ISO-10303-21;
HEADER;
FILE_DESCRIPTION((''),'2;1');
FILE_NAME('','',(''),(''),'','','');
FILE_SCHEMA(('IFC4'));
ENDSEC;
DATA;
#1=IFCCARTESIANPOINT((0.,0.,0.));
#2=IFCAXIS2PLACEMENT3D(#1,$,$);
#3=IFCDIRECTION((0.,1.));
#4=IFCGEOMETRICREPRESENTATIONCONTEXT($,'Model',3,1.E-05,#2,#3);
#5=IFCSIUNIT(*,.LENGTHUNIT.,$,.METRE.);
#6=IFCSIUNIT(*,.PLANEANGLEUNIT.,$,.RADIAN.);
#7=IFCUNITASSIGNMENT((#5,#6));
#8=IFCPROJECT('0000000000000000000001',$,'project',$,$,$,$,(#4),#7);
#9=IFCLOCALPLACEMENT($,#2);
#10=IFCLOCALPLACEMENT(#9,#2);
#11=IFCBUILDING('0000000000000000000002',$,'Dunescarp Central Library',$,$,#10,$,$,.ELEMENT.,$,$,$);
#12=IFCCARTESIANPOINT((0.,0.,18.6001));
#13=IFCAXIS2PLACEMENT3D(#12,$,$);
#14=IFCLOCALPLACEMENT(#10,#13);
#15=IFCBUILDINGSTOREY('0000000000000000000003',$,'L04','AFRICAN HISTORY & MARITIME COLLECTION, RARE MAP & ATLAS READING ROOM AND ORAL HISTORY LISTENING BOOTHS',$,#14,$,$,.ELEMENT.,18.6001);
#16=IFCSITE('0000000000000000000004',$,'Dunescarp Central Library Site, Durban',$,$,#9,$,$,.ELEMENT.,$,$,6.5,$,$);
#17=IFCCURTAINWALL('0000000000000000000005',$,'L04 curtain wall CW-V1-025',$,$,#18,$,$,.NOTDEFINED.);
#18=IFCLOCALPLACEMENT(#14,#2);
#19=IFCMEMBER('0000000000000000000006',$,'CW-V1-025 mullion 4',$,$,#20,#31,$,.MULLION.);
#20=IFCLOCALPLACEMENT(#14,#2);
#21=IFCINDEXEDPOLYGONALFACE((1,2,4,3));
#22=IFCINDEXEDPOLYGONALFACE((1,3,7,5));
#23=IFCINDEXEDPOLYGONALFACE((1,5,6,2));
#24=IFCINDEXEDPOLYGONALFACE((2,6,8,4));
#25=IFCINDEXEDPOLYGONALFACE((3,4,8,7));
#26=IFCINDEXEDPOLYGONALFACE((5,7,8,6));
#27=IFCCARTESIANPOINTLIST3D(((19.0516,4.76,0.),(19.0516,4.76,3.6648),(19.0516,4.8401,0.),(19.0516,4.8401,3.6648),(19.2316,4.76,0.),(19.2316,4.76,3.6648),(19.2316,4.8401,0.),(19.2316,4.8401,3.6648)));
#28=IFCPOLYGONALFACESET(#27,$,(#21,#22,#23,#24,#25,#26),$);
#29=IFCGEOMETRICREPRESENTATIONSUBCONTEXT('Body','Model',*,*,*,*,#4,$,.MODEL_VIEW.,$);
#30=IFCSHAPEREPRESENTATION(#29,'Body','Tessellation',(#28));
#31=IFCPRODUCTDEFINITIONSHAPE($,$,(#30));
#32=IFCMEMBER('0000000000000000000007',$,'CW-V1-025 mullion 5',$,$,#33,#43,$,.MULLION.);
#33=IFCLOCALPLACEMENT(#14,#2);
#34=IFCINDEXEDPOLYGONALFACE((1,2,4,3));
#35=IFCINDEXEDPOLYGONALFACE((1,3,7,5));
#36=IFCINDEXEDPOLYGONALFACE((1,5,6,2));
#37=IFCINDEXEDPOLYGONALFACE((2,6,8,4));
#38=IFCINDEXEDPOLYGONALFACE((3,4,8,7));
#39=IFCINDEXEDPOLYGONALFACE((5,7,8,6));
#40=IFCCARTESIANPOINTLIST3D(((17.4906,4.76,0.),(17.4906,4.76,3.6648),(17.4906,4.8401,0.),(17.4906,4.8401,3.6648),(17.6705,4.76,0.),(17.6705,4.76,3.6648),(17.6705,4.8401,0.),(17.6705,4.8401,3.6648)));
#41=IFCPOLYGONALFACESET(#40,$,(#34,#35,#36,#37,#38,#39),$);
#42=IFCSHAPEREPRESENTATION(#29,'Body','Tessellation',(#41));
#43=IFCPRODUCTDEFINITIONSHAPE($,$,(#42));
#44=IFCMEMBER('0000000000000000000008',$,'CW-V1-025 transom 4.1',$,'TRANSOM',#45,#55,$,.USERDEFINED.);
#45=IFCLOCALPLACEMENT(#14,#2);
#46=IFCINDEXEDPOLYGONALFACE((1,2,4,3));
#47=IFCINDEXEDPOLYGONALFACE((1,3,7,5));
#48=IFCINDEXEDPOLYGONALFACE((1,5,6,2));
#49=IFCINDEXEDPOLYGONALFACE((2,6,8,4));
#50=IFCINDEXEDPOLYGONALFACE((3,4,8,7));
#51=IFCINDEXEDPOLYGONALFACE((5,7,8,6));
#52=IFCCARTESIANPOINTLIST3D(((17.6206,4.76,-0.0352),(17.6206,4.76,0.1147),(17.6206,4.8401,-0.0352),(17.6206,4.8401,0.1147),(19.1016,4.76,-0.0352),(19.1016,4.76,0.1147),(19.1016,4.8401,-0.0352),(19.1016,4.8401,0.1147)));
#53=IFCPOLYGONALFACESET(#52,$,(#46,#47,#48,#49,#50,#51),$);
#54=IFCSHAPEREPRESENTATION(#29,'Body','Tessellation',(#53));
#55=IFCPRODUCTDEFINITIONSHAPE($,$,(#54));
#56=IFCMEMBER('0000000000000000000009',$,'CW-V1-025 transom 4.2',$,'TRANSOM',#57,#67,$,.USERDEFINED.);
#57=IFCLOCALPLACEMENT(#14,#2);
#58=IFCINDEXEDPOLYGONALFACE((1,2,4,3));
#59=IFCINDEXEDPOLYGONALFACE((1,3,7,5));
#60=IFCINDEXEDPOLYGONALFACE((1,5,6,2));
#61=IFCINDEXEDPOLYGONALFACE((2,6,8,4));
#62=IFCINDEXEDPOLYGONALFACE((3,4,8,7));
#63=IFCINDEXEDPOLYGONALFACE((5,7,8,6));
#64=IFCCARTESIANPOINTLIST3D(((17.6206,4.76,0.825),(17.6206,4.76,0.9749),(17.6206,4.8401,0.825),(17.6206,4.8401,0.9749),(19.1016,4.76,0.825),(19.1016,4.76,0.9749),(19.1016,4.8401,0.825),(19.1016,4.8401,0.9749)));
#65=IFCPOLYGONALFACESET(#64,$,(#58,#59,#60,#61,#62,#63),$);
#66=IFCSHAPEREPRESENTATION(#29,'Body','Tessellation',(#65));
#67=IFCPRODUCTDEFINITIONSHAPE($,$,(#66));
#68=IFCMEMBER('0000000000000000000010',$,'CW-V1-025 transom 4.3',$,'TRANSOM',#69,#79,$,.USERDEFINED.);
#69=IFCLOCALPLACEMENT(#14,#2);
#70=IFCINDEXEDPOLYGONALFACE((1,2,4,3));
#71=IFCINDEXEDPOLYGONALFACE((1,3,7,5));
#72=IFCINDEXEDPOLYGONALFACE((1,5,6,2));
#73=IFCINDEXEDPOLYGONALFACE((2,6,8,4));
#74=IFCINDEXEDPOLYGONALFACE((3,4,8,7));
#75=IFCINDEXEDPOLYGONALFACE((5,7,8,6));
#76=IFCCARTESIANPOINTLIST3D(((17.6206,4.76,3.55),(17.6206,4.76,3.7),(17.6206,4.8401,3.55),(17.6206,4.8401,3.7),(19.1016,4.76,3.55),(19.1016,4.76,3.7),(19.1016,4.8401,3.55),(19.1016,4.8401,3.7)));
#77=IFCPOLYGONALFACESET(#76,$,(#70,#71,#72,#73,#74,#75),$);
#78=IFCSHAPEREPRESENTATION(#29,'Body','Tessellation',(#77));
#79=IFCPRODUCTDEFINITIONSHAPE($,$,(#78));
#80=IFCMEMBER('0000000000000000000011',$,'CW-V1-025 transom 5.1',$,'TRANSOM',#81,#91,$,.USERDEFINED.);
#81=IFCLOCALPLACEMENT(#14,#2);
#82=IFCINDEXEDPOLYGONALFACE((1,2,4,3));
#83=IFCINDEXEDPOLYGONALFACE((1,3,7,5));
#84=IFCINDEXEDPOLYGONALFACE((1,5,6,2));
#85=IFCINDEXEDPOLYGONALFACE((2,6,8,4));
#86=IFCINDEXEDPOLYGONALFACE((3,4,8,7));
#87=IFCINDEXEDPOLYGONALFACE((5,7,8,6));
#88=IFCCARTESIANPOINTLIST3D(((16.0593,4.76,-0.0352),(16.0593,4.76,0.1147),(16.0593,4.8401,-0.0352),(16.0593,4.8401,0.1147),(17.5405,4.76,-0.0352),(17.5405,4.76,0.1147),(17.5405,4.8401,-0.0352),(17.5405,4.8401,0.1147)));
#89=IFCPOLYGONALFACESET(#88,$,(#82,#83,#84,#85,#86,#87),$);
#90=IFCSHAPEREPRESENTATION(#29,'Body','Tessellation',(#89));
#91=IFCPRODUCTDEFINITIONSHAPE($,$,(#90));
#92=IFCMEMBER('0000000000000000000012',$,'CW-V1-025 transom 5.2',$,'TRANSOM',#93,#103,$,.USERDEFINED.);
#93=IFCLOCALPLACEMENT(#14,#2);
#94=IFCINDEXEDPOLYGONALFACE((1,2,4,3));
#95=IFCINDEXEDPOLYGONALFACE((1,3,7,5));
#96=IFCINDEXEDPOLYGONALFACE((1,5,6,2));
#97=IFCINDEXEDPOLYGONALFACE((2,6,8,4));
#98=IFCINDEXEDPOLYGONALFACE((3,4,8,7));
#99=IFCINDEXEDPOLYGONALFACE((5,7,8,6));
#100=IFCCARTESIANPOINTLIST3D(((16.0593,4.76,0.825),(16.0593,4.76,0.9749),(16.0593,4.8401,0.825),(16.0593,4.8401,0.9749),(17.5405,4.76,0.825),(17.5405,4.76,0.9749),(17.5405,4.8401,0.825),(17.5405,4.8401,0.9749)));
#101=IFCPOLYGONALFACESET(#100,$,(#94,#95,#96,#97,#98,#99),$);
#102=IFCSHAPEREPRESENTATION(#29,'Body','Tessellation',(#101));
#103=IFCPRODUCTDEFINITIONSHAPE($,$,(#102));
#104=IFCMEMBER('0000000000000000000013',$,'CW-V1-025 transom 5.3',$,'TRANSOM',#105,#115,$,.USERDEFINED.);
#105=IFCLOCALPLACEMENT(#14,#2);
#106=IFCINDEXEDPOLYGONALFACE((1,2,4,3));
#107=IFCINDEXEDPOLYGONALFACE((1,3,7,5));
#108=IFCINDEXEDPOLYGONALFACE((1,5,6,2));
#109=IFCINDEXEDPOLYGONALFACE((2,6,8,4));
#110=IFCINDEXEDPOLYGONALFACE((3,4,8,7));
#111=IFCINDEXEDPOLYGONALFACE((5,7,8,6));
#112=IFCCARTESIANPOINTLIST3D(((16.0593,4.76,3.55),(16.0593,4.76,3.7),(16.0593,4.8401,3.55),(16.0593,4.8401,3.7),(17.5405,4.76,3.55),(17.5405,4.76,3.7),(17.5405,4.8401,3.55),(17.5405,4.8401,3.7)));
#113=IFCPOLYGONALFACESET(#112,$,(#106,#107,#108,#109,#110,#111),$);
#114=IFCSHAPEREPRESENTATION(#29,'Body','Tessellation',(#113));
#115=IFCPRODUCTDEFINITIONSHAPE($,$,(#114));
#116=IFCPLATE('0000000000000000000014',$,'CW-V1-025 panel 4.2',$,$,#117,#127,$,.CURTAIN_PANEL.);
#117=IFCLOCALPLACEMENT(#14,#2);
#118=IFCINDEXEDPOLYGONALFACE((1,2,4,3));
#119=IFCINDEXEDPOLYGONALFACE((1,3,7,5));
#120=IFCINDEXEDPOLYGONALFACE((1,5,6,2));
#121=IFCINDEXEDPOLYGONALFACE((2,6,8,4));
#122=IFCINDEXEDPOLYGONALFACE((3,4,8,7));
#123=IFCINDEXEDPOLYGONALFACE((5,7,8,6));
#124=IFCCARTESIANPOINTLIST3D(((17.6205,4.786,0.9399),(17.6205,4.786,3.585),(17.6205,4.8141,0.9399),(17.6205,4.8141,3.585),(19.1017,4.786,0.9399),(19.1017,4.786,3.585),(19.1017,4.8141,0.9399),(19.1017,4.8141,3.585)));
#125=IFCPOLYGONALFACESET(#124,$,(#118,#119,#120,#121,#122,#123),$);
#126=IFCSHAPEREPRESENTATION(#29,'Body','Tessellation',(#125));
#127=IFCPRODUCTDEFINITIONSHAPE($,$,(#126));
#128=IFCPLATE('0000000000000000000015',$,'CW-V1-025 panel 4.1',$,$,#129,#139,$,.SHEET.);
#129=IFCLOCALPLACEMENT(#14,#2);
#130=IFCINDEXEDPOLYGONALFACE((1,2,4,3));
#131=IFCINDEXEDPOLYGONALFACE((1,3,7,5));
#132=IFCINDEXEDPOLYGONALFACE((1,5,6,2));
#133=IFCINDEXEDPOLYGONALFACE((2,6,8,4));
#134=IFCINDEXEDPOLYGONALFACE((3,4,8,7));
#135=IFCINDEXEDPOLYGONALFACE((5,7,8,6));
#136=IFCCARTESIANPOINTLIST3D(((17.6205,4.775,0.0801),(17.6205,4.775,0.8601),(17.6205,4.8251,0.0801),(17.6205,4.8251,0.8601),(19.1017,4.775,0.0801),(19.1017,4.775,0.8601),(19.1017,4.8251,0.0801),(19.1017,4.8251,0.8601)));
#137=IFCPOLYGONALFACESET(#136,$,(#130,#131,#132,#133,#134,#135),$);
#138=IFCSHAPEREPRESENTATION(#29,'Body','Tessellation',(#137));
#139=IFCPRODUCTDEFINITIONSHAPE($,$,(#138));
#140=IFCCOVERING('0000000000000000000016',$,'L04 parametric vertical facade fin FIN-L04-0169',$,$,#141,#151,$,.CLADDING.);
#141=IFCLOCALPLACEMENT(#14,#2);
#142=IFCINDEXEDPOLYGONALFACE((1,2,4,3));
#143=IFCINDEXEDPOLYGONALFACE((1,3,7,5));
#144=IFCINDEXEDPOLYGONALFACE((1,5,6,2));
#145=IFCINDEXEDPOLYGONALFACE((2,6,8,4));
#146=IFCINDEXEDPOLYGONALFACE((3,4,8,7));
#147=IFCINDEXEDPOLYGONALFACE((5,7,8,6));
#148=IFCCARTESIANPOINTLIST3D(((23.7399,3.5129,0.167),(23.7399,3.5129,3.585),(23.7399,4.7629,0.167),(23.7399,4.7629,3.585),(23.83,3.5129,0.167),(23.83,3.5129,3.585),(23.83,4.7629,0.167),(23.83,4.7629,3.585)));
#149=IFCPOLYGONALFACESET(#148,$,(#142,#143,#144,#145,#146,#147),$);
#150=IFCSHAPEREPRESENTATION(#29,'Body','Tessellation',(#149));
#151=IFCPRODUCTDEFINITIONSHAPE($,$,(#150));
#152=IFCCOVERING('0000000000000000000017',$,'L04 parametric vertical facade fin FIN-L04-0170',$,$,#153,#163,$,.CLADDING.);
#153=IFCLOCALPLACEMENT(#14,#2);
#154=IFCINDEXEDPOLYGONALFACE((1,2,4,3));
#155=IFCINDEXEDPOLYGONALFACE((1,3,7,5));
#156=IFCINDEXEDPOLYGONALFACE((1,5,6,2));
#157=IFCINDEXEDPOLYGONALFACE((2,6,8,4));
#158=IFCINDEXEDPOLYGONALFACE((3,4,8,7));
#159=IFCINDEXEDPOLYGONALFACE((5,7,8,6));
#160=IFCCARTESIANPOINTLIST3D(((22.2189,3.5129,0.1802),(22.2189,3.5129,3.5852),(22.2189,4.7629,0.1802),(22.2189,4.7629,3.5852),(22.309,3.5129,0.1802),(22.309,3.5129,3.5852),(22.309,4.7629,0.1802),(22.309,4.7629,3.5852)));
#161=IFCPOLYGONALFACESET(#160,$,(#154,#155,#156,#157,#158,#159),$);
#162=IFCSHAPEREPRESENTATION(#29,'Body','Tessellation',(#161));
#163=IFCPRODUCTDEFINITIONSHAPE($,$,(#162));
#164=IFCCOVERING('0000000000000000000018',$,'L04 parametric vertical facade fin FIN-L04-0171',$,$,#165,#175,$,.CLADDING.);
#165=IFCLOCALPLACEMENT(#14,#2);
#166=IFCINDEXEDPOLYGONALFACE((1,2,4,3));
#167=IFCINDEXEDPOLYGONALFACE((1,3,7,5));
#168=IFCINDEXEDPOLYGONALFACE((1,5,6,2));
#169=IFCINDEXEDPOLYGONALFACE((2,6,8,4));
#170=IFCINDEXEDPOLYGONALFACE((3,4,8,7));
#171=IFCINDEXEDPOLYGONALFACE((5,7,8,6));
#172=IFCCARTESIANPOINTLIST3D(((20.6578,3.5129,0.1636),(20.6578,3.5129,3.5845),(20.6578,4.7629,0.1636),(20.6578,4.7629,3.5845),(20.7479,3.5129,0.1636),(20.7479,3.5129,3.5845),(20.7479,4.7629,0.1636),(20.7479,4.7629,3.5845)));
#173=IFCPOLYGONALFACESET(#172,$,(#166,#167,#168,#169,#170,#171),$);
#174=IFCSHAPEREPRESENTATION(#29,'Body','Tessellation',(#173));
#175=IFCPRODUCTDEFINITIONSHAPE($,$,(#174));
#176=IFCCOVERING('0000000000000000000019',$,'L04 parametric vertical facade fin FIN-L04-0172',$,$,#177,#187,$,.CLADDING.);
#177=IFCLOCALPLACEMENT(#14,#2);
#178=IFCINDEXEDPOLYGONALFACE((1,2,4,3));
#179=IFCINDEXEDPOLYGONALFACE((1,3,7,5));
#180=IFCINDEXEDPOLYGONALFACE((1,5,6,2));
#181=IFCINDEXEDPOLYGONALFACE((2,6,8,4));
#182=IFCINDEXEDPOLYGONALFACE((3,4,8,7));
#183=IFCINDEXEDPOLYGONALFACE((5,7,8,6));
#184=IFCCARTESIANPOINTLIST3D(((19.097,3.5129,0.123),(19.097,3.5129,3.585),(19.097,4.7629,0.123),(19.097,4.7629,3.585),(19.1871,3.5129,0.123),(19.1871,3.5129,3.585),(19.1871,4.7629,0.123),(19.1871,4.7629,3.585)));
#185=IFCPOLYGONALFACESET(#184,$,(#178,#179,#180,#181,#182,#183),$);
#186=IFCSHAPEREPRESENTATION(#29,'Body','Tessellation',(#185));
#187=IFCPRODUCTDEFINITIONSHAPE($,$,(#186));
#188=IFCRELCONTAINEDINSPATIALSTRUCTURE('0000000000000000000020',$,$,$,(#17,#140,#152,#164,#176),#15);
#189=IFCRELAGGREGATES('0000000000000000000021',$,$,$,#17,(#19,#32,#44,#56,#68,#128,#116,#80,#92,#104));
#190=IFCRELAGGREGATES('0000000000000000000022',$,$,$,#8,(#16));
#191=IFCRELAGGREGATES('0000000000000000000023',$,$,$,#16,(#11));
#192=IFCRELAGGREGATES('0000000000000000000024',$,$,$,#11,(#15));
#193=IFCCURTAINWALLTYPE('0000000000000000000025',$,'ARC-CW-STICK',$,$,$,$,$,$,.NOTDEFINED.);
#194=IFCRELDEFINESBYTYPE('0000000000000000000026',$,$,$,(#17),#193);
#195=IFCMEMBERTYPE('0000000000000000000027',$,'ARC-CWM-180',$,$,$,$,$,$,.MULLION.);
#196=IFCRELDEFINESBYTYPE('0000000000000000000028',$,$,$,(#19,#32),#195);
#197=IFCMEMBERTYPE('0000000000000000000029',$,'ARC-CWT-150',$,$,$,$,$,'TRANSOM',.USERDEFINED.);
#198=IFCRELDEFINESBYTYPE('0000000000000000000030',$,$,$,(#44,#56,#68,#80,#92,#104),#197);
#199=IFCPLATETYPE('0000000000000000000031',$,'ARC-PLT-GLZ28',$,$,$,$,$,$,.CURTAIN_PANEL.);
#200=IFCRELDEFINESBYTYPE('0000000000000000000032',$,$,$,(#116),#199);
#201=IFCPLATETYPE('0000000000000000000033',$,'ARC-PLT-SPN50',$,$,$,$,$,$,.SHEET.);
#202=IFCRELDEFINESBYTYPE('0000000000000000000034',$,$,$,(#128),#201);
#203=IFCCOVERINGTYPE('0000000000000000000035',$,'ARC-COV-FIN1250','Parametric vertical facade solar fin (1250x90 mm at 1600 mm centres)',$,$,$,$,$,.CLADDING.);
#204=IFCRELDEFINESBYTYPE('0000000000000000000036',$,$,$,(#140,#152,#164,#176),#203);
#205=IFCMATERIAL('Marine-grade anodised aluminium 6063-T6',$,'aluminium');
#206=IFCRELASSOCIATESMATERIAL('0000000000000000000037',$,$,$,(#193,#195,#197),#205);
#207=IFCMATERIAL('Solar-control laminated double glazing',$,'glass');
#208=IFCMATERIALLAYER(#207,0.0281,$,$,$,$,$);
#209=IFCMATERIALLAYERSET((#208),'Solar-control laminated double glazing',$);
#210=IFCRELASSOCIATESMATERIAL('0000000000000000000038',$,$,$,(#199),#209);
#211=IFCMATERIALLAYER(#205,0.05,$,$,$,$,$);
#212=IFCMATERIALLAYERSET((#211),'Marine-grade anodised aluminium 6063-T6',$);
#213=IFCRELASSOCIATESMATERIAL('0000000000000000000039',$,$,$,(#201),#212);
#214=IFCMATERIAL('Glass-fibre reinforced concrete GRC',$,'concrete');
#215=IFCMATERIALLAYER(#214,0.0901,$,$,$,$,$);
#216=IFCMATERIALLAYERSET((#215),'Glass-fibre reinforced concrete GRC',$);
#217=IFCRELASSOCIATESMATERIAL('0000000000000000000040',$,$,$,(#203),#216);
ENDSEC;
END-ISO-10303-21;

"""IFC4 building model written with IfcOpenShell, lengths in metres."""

from ifc_helpers import new_model, si_unit, direction, frame, origin, origin_2d, place, context, subcontext, project, spatial, rectangle, extrude, material, layer, layer_set, material_profile, profile_set, type_object, element, aggregate, save


model = new_model("IFC4")

# Units and contexts
model_context = context("Model", 3, precision=1e-05, world=origin(), true_north=direction((0.0, 1.0)))
body_context = subcontext(model_context, "Body", "Model", "MODEL_VIEW")
ifc_project = project(units=[si_unit("LENGTHUNIT", "METRE"), si_unit("PLANEANGLEUNIT", "RADIAN")], contexts=[model_context])

# Site, building, storey
site_placement = place(None, origin())
site = spatial("IfcSite", under=ifc_project, at=site_placement, Name="Dunescarp Central Library Site, Durban", CompositionType="ELEMENT", RefElevation=6.5)
building_placement = place(site_placement, origin())
building = spatial("IfcBuilding", under=site, at=building_placement, Name="Dunescarp Central Library", CompositionType="ELEMENT")
storey_placement = place(building_placement, frame((0.0, 0.0, 18.6001)))
storey = spatial("IfcBuildingStorey", under=building, at=storey_placement, Name="L04", Description="AFRICAN HISTORY & MARITIME COLLECTION, RARE MAP & ATLAS READING ROOM AND ORAL HISTORY LISTENING BOOTHS", CompositionType="ELEMENT", Elevation=18.6001)

# Curtain wall, members, plates
ifc_material_1 = material(Name="Marine-grade anodised aluminium 6063-T6", Category="aluminium")
curtain_wall_type = type_object("IfcCurtainWallType", Name="ARC-CW-STICK", PredefinedType="NOTDEFINED", material=ifc_material_1)
curtain_wall_placement = place(storey_placement, origin())
curtain_wall = element("IfcCurtainWall", 1, at=curtain_wall_placement, inside=storey, type_object=curtain_wall_type, Name="L04 curtain wall CW-V1-025", PredefinedType="NOTDEFINED")
ifc_material_profile_1 = material_profile(ifc_material_1, rectangle(XDim=0.0801, YDim=0.1799, at=origin_2d()), Name="AL 80x180")
ifc_profile_set_1 = profile_set([ifc_material_profile_1], Name="Marine-grade anodised aluminium 6063-T6")
member_type_1 = type_object("IfcMemberType", Name="ARC-CWM-180", PredefinedType="MULLION", material=ifc_profile_set_1)
member_1_placement = place(storey_placement, frame((19.1416, 4.8, 0.0), z_axis=(0.0, 0.0, 1.0), x_axis=(0.0, -1.0, 0.0)))
member_1 = element("IfcMember", 2, at=member_1_placement, type_object=member_type_1, Name="CW-V1-025 mullion 4", PredefinedType="MULLION", context=body_context, shape_type="SweptSolid", body=[
    extrude(rectangle(XDim=0.0801, YDim=0.1799, at=origin_2d()), origin(), (0.0, 0.0, 1.0), 3.6648),
])
member_2_placement = place(storey_placement, frame((17.5806, 4.8, 0.0), z_axis=(0.0, 0.0, 1.0), x_axis=(0.0, -1.0, 0.0)))
member_2 = element("IfcMember", 3, at=member_2_placement, type_object=member_type_1, Name="CW-V1-025 mullion 5", PredefinedType="MULLION", context=body_context, shape_type="SweptSolid", body=[
    extrude(rectangle(XDim=0.0801, YDim=0.1799, at=origin_2d()), origin(), (0.0, 0.0, 1.0), 3.6648),
])
ifc_material_profile_2 = material_profile(ifc_material_1, rectangle(XDim=0.0801, YDim=0.1499, at=origin_2d()), Name="AL 80x150")
ifc_profile_set_2 = profile_set([ifc_material_profile_2], Name="Marine-grade anodised aluminium 6063-T6")
member_type_2 = type_object("IfcMemberType", Name="ARC-CWT-150", ElementType="TRANSOM", PredefinedType="USERDEFINED", material=ifc_profile_set_2)
member_3_placement = place(storey_placement, frame((19.1016, 4.8, 0.0398), z_axis=(-1.0, 0.0, 0.0), x_axis=(0.0, -1.0, 0.0)))
member_3 = element("IfcMember", 4, at=member_3_placement, type_object=member_type_2, Name="CW-V1-025 transom 4.1", ObjectType="TRANSOM", PredefinedType="USERDEFINED", context=body_context, shape_type="SweptSolid", body=[
    extrude(rectangle(XDim=0.0801, YDim=0.1499, at=origin_2d()), origin(), (0.0, 0.0, 1.0), 1.481),
])
member_4_placement = place(storey_placement, frame((19.1016, 4.8, 0.8999), z_axis=(-1.0, 0.0, 0.0), x_axis=(0.0, -1.0, 0.0)))
member_4 = element("IfcMember", 5, at=member_4_placement, type_object=member_type_2, Name="CW-V1-025 transom 4.2", ObjectType="TRANSOM", PredefinedType="USERDEFINED", context=body_context, shape_type="SweptSolid", body=[
    extrude(rectangle(XDim=0.0801, YDim=0.1499, at=origin_2d()), origin(), (0.0, 0.0, 1.0), 1.481),
])
member_5_placement = place(storey_placement, frame((19.1016, 4.8, 3.625), z_axis=(-1.0, 0.0, 0.0), x_axis=(0.0, -1.0, 0.0)))
member_5 = element("IfcMember", 6, at=member_5_placement, type_object=member_type_2, Name="CW-V1-025 transom 4.3", ObjectType="TRANSOM", PredefinedType="USERDEFINED", context=body_context, shape_type="SweptSolid", body=[
    extrude(rectangle(XDim=0.0801, YDim=0.1499, at=origin_2d()), origin(), (0.0, 0.0, 1.0), 1.481),
])
member_6_placement = place(storey_placement, frame((17.5405, 4.8, 0.0398), z_axis=(-1.0, 0.0, 0.0), x_axis=(0.0, -1.0, 0.0)))
member_6 = element("IfcMember", 7, at=member_6_placement, type_object=member_type_2, Name="CW-V1-025 transom 5.1", ObjectType="TRANSOM", PredefinedType="USERDEFINED", context=body_context, shape_type="SweptSolid", body=[
    extrude(rectangle(XDim=0.0801, YDim=0.1499, at=origin_2d()), origin(), (0.0, 0.0, 1.0), 1.4812),
])
member_7_placement = place(storey_placement, frame((17.5405, 4.8, 0.8999), z_axis=(-1.0, 0.0, 0.0), x_axis=(0.0, -1.0, 0.0)))
member_7 = element("IfcMember", 8, at=member_7_placement, type_object=member_type_2, Name="CW-V1-025 transom 5.2", ObjectType="TRANSOM", PredefinedType="USERDEFINED", context=body_context, shape_type="SweptSolid", body=[
    extrude(rectangle(XDim=0.0801, YDim=0.1499, at=origin_2d()), origin(), (0.0, 0.0, 1.0), 1.4812),
])
member_8_placement = place(storey_placement, frame((17.5405, 4.8, 3.625), z_axis=(-1.0, 0.0, 0.0), x_axis=(0.0, -1.0, 0.0)))
member_8 = element("IfcMember", 9, at=member_8_placement, type_object=member_type_2, Name="CW-V1-025 transom 5.3", ObjectType="TRANSOM", PredefinedType="USERDEFINED", context=body_context, shape_type="SweptSolid", body=[
    extrude(rectangle(XDim=0.0801, YDim=0.1499, at=origin_2d()), origin(), (0.0, 0.0, 1.0), 1.4812),
])
ifc_material_2 = material(Name="Solar-control laminated double glazing", Category="glass")
ifc_layer_1 = layer(ifc_material_2, 0.0281)
ifc_layer_set_1 = layer_set([ifc_layer_1], Name="Solar-control laminated double glazing")
plate_type_1 = type_object("IfcPlateType", Name="ARC-PLT-GLZ28", PredefinedType="CURTAIN_PANEL", material=ifc_layer_set_1)
plate_1_placement = place(storey_placement, frame((18.3611, 4.8, 0.9399), z_axis=(0.0, 0.0, 1.0), x_axis=(-1.0, 0.0, 0.0)))
plate_1 = element("IfcPlate", 10, at=plate_1_placement, type_object=plate_type_1, Name="CW-V1-025 panel 4.2", PredefinedType="CURTAIN_PANEL", context=body_context, shape_type="SweptSolid", body=[
    extrude(rectangle(XDim=1.4812, YDim=0.0281, at=origin_2d()), origin(), (0.0, 0.0, 1.0), 2.645),
])
ifc_layer_2 = layer(ifc_material_1, 0.05)
ifc_layer_set_2 = layer_set([ifc_layer_2], Name="Marine-grade anodised aluminium 6063-T6")
plate_type_2 = type_object("IfcPlateType", Name="ARC-PLT-SPN50", PredefinedType="SHEET", material=ifc_layer_set_2)
plate_2_placement = place(storey_placement, frame((18.3611, 4.8, 0.0801), z_axis=(0.0, 0.0, 1.0), x_axis=(-1.0, 0.0, 0.0)))
plate_2 = element("IfcPlate", 11, at=plate_2_placement, type_object=plate_type_2, Name="CW-V1-025 panel 4.1", PredefinedType="SHEET", context=body_context, shape_type="SweptSolid", body=[
    extrude(rectangle(XDim=1.4812, YDim=0.05, at=origin_2d()), origin(), (0.0, 0.0, 1.0), 0.78),
])
aggregate(curtain_wall, [member_1, member_2, member_3, member_4, member_5, plate_2, plate_1, member_6, member_7, member_8])

# Coverings
ifc_material_3 = material(Name="Glass-fibre reinforced concrete GRC", Category="concrete")
ifc_layer_3 = layer(ifc_material_3, 0.0901)
ifc_layer_set_3 = layer_set([ifc_layer_3], Name="Glass-fibre reinforced concrete GRC")
covering_type = type_object("IfcCoveringType", Name="ARC-COV-FIN1250", Description="Parametric vertical facade solar fin (1250x90 mm at 1600 mm centres)", PredefinedType="CLADDING", material=ifc_layer_set_3)
covering_1_placement = place(storey_placement, frame((23.7849, 4.1379, 0.167), z_axis=(0.0, 0.0, 1.0), x_axis=(0.0, -1.0, 0.0)))
element("IfcCovering", 12, at=covering_1_placement, inside=storey, type_object=covering_type, Name="L04 parametric vertical facade fin FIN-L04-0169", PredefinedType="CLADDING", context=body_context, shape_type="SweptSolid", body=[
    extrude(rectangle(XDim=1.25, YDim=0.0901, at=origin_2d()), origin(), (0.0, 0.0, 1.0), 3.418),
])
covering_2_placement = place(storey_placement, frame((22.2639, 4.1379, 0.1802), z_axis=(0.0, 0.0, 1.0), x_axis=(0.0, -1.0, 0.0)))
element("IfcCovering", 13, at=covering_2_placement, inside=storey, type_object=covering_type, Name="L04 parametric vertical facade fin FIN-L04-0170", PredefinedType="CLADDING", context=body_context, shape_type="SweptSolid", body=[
    extrude(rectangle(XDim=1.25, YDim=0.0901, at=origin_2d()), origin(), (0.0, 0.0, 1.0), 3.405),
])
covering_3_placement = place(storey_placement, frame((20.7029, 4.1379, 0.1636), z_axis=(0.0, 0.0, 1.0), x_axis=(0.0, -1.0, 0.0)))
element("IfcCovering", 14, at=covering_3_placement, inside=storey, type_object=covering_type, Name="L04 parametric vertical facade fin FIN-L04-0171", PredefinedType="CLADDING", context=body_context, shape_type="SweptSolid", body=[
    extrude(rectangle(XDim=1.25, YDim=0.0901, at=origin_2d()), origin(), (0.0, 0.0, 1.0), 3.4209),
])
covering_4_placement = place(storey_placement, frame((19.1421, 4.1379, 0.123), z_axis=(0.0, 0.0, 1.0), x_axis=(0.0, -1.0, 0.0)))
element("IfcCovering", 15, at=covering_4_placement, inside=storey, type_object=covering_type, Name="L04 parametric vertical facade fin FIN-L04-0172", PredefinedType="CLADDING", context=body_context, shape_type="SweptSolid", body=[
    extrude(rectangle(XDim=1.25, YDim=0.0901, at=origin_2d()), origin(), (0.0, 0.0, 1.0), 3.4619),
])

save(model, "model.ifc")
